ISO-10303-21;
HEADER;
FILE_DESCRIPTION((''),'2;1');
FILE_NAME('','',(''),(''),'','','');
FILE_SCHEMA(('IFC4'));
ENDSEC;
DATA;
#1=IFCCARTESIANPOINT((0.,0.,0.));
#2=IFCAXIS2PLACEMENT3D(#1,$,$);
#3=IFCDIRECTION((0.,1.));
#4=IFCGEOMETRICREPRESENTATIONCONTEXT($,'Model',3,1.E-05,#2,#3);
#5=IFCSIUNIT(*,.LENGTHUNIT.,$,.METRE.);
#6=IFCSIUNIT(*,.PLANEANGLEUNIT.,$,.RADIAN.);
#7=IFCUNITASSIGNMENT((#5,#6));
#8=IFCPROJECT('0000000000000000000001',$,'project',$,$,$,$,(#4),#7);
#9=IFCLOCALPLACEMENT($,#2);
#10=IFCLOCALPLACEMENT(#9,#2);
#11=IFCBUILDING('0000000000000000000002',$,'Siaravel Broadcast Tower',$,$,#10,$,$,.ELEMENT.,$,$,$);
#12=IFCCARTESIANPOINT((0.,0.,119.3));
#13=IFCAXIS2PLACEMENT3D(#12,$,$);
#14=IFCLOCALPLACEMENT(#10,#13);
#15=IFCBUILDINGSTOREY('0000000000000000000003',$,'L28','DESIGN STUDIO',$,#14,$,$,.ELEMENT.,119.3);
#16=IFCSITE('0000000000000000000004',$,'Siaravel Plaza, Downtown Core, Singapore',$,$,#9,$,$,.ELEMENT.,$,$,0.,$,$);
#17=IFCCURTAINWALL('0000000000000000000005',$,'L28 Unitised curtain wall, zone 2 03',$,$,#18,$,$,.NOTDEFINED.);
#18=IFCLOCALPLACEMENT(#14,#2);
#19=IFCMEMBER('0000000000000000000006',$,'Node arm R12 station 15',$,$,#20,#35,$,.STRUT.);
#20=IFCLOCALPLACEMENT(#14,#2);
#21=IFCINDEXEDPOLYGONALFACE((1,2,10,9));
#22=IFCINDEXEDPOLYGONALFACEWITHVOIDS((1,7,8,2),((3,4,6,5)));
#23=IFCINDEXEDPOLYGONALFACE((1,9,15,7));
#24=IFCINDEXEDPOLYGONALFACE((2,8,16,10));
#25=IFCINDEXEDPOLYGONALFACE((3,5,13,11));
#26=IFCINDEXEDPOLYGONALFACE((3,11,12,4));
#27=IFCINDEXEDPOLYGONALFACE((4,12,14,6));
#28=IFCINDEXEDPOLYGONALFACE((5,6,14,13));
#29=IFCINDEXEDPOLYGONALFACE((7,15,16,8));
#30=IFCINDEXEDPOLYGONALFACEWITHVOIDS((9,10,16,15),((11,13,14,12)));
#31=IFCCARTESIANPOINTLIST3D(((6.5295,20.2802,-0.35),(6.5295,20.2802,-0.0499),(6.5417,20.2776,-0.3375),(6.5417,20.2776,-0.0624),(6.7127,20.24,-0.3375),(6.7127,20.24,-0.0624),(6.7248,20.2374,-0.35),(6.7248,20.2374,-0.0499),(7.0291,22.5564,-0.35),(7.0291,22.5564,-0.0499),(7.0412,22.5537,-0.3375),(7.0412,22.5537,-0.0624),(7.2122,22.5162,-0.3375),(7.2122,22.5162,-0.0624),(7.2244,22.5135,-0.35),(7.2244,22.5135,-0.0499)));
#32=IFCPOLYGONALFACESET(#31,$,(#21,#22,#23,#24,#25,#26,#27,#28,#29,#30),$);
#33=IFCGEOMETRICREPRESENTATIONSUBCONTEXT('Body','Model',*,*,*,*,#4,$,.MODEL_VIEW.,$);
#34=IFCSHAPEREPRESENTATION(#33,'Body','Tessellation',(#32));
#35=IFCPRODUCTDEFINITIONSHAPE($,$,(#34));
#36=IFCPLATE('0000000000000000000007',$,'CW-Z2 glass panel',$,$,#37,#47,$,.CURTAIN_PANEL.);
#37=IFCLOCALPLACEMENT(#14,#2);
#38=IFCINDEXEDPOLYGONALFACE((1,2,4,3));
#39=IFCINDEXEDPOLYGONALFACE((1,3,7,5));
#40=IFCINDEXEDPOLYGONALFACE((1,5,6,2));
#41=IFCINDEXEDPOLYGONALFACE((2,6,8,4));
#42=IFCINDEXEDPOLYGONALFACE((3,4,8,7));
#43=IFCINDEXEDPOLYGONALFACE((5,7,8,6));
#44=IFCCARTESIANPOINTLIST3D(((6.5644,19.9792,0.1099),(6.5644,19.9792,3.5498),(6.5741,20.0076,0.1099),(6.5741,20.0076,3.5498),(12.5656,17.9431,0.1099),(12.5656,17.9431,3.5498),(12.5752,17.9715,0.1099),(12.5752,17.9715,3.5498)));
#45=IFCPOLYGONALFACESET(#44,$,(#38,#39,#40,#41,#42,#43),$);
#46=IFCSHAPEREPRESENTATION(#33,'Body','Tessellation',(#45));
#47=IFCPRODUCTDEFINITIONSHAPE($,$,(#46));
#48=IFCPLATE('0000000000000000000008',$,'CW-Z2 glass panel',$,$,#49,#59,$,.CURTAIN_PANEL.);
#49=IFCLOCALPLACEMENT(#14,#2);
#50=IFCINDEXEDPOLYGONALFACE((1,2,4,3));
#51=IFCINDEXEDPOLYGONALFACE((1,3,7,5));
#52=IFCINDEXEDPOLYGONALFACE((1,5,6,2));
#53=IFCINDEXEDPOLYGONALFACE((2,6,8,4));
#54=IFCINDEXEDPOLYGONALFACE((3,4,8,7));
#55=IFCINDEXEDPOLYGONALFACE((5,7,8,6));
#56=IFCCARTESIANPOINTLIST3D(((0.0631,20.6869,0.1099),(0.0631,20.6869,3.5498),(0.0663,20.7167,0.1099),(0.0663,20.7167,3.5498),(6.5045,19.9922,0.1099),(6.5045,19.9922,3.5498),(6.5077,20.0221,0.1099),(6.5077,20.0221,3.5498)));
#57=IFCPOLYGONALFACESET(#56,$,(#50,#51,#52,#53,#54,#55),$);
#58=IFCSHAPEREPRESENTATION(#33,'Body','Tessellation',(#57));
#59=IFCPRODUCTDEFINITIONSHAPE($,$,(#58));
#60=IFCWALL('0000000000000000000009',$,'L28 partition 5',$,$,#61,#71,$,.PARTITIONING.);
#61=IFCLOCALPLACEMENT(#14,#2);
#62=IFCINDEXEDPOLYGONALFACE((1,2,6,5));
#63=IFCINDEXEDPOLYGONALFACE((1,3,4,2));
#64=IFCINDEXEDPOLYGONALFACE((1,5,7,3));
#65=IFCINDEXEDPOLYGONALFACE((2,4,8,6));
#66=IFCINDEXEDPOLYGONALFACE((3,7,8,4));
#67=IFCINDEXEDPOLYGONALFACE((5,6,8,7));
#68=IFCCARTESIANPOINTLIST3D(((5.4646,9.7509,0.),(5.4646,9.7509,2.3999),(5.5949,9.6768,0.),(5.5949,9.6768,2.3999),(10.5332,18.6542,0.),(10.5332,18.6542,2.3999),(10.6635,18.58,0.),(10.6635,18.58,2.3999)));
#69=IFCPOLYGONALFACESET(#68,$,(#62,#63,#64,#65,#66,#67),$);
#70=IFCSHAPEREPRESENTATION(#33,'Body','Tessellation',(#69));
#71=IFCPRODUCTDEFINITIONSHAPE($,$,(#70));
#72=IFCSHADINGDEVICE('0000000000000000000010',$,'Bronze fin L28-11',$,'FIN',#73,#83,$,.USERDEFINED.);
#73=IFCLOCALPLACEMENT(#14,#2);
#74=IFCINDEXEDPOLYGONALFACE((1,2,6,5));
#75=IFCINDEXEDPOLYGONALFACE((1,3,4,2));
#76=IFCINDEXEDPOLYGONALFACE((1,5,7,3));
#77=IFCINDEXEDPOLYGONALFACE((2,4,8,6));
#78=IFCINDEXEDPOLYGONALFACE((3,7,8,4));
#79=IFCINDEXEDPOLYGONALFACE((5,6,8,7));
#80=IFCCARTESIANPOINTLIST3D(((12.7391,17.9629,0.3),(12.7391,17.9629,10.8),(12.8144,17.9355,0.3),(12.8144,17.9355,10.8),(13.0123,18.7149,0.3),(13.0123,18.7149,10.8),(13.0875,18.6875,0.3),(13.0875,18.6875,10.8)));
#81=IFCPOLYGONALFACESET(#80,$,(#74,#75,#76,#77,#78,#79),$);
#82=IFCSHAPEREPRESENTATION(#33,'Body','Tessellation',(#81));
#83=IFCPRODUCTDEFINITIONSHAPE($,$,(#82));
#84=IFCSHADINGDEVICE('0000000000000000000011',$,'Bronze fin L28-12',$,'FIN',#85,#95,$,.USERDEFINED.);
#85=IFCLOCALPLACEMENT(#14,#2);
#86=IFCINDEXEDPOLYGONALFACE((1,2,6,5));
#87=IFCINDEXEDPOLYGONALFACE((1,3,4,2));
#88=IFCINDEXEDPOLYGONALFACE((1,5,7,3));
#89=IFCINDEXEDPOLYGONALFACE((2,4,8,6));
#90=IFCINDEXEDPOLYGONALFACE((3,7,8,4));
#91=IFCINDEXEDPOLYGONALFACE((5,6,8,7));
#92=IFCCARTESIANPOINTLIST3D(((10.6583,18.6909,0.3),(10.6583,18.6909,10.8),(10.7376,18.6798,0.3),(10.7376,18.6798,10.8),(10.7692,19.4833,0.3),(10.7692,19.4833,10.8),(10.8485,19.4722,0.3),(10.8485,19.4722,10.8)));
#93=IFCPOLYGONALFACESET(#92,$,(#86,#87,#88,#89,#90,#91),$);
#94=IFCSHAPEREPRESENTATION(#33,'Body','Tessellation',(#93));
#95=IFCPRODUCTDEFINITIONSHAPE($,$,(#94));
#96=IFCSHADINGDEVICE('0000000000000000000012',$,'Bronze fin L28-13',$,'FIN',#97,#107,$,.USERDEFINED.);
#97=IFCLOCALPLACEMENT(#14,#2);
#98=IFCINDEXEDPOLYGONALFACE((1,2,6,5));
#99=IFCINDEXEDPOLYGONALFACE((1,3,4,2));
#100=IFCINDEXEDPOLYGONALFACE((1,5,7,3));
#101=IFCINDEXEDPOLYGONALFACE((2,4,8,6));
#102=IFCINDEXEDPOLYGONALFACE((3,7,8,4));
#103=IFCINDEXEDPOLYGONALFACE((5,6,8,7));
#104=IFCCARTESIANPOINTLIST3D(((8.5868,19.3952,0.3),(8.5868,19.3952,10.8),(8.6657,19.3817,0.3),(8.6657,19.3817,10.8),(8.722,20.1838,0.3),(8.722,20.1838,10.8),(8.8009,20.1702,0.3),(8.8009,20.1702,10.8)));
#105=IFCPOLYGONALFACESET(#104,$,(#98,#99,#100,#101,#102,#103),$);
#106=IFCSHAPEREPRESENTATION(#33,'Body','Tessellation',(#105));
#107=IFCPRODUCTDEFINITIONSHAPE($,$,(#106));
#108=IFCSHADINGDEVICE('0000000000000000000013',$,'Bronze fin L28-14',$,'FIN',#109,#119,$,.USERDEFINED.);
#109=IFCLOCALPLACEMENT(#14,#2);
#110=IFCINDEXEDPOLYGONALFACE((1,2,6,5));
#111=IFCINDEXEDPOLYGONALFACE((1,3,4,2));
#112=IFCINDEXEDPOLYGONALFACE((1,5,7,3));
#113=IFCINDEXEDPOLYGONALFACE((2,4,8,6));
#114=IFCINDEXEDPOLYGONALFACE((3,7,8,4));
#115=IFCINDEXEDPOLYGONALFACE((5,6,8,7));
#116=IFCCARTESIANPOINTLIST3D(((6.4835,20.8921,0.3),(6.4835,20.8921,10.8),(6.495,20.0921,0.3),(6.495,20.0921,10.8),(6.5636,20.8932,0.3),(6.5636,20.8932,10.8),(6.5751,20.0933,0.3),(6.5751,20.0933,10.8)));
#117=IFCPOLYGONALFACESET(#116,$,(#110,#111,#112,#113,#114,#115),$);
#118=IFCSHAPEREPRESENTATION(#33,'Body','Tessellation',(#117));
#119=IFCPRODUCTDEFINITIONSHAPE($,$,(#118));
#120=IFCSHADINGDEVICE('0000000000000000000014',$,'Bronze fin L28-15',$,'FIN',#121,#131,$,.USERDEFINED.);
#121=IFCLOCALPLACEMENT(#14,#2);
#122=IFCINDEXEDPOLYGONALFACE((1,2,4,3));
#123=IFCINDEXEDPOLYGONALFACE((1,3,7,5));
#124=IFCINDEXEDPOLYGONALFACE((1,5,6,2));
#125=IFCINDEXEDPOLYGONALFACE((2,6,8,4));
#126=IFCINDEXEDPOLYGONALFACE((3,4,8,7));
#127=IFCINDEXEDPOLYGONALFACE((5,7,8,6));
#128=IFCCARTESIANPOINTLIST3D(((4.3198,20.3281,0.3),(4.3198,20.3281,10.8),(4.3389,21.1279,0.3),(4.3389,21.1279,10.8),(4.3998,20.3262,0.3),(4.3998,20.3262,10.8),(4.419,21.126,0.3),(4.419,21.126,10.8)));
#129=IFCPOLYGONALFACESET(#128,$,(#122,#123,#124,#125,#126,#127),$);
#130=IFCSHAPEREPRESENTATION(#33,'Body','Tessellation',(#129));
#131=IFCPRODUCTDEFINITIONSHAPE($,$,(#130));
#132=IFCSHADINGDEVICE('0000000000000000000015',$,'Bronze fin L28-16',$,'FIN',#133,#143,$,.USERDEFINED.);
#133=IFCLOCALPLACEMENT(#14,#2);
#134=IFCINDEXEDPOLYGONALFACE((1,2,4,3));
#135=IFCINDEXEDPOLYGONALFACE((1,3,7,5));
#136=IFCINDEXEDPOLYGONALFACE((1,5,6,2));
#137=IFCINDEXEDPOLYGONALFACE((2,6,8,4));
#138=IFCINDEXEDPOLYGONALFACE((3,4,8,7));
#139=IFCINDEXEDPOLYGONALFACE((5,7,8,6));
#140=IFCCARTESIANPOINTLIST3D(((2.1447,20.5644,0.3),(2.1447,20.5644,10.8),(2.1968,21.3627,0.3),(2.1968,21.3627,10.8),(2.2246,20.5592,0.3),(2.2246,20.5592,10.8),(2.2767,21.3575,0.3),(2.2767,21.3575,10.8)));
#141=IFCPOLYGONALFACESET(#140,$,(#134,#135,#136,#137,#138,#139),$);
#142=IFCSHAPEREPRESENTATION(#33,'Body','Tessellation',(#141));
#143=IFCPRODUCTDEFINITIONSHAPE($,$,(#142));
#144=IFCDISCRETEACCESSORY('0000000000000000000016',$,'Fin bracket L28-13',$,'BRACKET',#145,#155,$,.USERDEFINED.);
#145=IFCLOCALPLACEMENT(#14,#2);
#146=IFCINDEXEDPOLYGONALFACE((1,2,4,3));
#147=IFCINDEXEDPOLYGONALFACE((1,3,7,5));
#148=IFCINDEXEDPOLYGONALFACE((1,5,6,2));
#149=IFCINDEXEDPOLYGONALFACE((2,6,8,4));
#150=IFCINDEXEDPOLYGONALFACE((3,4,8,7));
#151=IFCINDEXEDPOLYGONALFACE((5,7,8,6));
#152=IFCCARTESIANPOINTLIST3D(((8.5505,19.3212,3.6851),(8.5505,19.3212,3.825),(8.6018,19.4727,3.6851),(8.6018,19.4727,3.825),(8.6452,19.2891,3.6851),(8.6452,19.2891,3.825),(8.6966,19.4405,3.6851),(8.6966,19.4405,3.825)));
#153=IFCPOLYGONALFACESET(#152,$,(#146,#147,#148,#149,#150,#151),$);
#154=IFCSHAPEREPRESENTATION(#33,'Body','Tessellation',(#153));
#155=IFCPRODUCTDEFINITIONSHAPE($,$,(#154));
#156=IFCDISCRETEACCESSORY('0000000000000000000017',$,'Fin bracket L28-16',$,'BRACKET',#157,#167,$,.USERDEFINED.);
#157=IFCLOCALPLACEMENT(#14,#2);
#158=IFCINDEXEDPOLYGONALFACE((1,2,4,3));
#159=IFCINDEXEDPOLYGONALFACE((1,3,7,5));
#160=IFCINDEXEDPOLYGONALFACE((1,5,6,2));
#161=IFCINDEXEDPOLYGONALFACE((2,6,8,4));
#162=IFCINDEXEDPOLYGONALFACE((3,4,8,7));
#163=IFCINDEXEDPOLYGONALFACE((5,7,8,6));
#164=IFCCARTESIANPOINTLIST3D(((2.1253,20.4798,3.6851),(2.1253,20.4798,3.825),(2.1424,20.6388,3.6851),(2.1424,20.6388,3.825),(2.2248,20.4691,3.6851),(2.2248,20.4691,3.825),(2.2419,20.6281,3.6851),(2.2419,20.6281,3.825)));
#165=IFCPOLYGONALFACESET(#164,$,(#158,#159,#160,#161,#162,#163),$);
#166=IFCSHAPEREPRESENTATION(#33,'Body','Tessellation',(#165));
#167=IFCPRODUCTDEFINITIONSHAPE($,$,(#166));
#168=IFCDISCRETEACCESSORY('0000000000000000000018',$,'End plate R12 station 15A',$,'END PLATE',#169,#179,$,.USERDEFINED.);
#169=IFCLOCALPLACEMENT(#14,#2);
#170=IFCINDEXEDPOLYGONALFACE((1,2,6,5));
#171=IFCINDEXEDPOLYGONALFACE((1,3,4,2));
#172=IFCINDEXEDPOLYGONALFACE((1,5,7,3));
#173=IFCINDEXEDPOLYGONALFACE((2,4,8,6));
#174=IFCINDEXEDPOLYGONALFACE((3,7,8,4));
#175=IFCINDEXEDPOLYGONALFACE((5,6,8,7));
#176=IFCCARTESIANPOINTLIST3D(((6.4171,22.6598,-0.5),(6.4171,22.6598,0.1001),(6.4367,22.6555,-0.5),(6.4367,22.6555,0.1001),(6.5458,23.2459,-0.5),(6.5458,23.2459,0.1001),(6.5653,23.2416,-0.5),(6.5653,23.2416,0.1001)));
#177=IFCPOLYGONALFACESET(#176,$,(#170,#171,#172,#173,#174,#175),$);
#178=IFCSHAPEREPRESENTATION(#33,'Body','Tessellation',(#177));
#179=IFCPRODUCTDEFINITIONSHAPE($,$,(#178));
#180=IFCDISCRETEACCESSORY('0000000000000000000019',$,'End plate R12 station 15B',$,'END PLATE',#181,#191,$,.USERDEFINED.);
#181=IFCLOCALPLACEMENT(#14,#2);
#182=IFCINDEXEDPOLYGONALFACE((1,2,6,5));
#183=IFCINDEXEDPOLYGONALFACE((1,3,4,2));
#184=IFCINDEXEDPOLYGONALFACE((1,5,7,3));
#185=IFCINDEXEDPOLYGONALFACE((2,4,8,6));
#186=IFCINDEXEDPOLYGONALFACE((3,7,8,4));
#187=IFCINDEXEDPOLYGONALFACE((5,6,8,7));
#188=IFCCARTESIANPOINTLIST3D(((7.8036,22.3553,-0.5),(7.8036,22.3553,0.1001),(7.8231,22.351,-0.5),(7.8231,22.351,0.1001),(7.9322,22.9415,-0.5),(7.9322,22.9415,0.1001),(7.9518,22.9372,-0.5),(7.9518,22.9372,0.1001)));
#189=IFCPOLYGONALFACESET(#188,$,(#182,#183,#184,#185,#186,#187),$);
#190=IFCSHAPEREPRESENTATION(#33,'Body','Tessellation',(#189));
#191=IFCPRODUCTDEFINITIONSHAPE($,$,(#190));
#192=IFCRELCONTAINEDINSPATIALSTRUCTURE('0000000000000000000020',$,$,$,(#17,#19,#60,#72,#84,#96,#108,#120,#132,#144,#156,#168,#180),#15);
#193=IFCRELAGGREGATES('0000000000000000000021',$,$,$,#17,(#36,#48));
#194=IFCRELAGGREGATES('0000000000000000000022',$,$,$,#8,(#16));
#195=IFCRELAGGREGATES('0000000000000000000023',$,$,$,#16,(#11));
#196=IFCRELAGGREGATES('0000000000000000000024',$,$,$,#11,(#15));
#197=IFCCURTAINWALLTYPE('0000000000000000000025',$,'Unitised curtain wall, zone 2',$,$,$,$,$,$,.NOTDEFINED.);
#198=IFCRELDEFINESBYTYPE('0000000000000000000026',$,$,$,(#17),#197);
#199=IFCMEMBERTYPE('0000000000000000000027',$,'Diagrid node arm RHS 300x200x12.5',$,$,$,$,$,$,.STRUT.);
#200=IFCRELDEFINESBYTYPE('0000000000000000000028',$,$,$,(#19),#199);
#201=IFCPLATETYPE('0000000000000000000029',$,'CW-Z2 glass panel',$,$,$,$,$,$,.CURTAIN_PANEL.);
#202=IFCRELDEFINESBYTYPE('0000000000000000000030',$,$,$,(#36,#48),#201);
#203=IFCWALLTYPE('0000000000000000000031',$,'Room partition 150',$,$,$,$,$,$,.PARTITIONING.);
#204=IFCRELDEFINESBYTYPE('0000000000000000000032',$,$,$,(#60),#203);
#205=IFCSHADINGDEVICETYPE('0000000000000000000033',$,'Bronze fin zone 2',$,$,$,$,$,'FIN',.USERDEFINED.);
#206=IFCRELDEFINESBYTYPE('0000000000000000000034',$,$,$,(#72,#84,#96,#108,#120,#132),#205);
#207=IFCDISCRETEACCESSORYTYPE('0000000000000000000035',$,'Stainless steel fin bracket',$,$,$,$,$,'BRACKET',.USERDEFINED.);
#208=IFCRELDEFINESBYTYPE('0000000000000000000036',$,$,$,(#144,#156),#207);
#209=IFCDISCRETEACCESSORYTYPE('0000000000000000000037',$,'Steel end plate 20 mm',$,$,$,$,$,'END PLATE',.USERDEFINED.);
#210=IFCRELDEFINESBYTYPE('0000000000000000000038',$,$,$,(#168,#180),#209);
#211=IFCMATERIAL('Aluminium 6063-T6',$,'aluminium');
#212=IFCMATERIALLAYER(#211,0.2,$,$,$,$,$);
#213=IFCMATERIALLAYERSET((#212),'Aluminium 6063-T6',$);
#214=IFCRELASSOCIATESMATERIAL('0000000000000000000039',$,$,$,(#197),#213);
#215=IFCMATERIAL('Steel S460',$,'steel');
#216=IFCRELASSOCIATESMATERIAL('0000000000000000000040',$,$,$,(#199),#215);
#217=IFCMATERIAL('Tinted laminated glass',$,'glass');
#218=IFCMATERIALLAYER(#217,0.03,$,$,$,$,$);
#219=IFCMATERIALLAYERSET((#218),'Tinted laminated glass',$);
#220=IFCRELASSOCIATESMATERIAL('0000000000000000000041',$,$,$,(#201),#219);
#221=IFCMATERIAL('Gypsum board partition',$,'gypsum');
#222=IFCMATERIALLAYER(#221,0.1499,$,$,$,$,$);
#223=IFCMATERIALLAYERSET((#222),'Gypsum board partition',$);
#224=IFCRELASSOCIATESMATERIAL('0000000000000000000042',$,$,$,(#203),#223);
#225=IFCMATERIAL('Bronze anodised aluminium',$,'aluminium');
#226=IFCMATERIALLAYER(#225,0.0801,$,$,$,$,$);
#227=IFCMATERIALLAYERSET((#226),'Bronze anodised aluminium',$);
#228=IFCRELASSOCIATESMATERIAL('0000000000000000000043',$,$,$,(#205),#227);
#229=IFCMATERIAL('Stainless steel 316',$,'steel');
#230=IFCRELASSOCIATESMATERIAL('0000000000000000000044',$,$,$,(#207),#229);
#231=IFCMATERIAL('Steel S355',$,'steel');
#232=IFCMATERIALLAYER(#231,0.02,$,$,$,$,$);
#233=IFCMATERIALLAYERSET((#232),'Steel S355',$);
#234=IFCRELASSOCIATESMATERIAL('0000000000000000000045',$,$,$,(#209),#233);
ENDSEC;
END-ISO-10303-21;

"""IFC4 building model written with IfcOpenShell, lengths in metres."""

from ifc_helpers import new_model, si_unit, direction, frame, frame_2d, origin, origin_2d, place, context, subcontext, project, spatial, rectangle, hollow_rectangle, extrude, material, layer, layer_set, material_profile, profile_set, type_object, element, aggregate, save


model = new_model("IFC4")

# Units and contexts
model_context = context("Model", 3, precision=1e-05, world=origin(), true_north=direction((0.0, 1.0)))
body_context = subcontext(model_context, "Body", "Model", "MODEL_VIEW")
ifc_project = project(units=[si_unit("LENGTHUNIT", "METRE"), si_unit("PLANEANGLEUNIT", "RADIAN")], contexts=[model_context])

# Site, building, storey
site_placement = place(None, origin())
site = spatial("IfcSite", under=ifc_project, at=site_placement, Name="Siaravel Plaza, Downtown Core, Singapore", CompositionType="ELEMENT", RefElevation=0.0)
building_placement = place(site_placement, origin())
building = spatial("IfcBuilding", under=site, at=building_placement, Name="Siaravel Broadcast Tower", CompositionType="ELEMENT")
storey_placement = place(building_placement, frame((0.0, 0.0, 119.3)))
storey = spatial("IfcBuildingStorey", under=building, at=storey_placement, Name="L28", Description="DESIGN STUDIO", CompositionType="ELEMENT", Elevation=119.3)

# Shared definitions
ifc_material_1 = material(Name="Steel S355", Category="steel")

# Curtain wall
ifc_material_2 = material(Name="Aluminium 6063-T6", Category="aluminium")
ifc_layer_1 = layer(ifc_material_2, 0.2)
ifc_layer_set_1 = layer_set([ifc_layer_1], Name="Aluminium 6063-T6")
curtain_wall_type = type_object("IfcCurtainWallType", Name="Unitised curtain wall, zone 2", PredefinedType="NOTDEFINED", material=ifc_layer_set_1)
curtain_wall_placement = place(storey_placement, origin())
curtain_wall = element("IfcCurtainWall", 1, at=curtain_wall_placement, inside=storey, type_object=curtain_wall_type, Name="L28 Unitised curtain wall, zone 2 03", PredefinedType="NOTDEFINED")

# Member
ifc_material_3 = material(Name="Steel S460", Category="steel")
ifc_material_profile_1 = material_profile(ifc_material_3, hollow_rectangle(XDim=0.2, YDim=0.3, WallThickness=0.0125, at=origin_2d()))
ifc_profile_set_1 = profile_set([ifc_material_profile_1], Name="Steel S460")
member_type_1 = type_object("IfcMemberType", Name="Diagrid node arm RHS 300x200x12.5", PredefinedType="STRUT", material=ifc_profile_set_1)
member_1_placement = place(storey_placement, frame((6.6272, 20.2588, -0.2), z_axis=(0.214356, 0.976756, 0.0), x_axis=(-0.976756, 0.214356, 0.0)))
element("IfcMember", 2, at=member_1_placement, inside=storey, type_object=member_type_1, Name="Node arm R12 station 15", PredefinedType="STRUT", context=body_context, shape_type="SweptSolid", body=[
    extrude(hollow_rectangle(XDim=0.2, YDim=0.3, WallThickness=0.0125, at=origin_2d()), origin(), (0.0, 0.0, 1.0), 2.3303),
])

# Plates
ifc_material_4 = material(Name="Tinted laminated glass", Category="glass")
ifc_layer_2 = layer(ifc_material_4, 0.03)
ifc_layer_set_2 = layer_set([ifc_layer_2], Name="Tinted laminated glass")
plate_type = type_object("IfcPlateType", Name="CW-Z2 glass panel", PredefinedType="CURTAIN_PANEL", material=ifc_layer_set_2)
plate_1_placement = place(storey_placement, frame((9.5698, 18.9753, 0.1099), z_axis=(0.0, 0.0, 1.0), x_axis=(-0.946977, 0.321301, 0.0)))
plate_1 = element("IfcPlate", 3, at=plate_1_placement, type_object=plate_type, Name="CW-Z2 glass panel", PredefinedType="CURTAIN_PANEL", context=body_context, shape_type="SweptSolid", body=[
    extrude(rectangle(XDim=6.3372, YDim=0.03, at=origin_2d()), origin(), (0.0, 0.0, 1.0), 3.4399),
])
plate_2_placement = place(storey_placement, frame((3.2854, 20.3545, 0.1099), z_axis=(0.0, 0.0, 1.0), x_axis=(-0.994236, 0.107217, 0.0)))
plate_2 = element("IfcPlate", 4, at=plate_2_placement, type_object=plate_type, Name="CW-Z2 glass panel", PredefinedType="CURTAIN_PANEL", context=body_context, shape_type="SweptSolid", body=[
    extrude(rectangle(XDim=6.4788, YDim=0.03, at=origin_2d()), origin(), (0.0, 0.0, 1.0), 3.4399),
])
aggregate(curtain_wall, [plate_1, plate_2])

# Wall
ifc_material_5 = material(Name="Gypsum board partition", Category="gypsum")
ifc_layer_3 = layer(ifc_material_5, 0.1499)
ifc_layer_set_3 = layer_set([ifc_layer_3], Name="Gypsum board partition")
wall_type = type_object("IfcWallType", Name="Room partition 150", PredefinedType="PARTITIONING", material=ifc_layer_set_3)
wall_placement = place(storey_placement, frame((10.5984, 18.6172, 0.0), z_axis=(0.0, 0.0, 1.0), x_axis=(-0.49474, -0.869041, 0.0)))
element("IfcWall", 5, at=wall_placement, inside=storey, type_object=wall_type, Name="L28 partition 5", PredefinedType="PARTITIONING", context=body_context, shape_type="SweptSolid", body=[
    extrude(rectangle(XDim=10.2449, YDim=0.1499, at=frame_2d((5.1226, 0.0))), origin(), (0.0, 0.0, 1.0), 2.3999),
])

# Shading devices
ifc_material_6 = material(Name="Bronze anodised aluminium", Category="aluminium")
ifc_layer_4 = layer(ifc_material_6, 0.0801)
ifc_layer_set_4 = layer_set([ifc_layer_4], Name="Bronze anodised aluminium")
shading_device_type = type_object("IfcShadingDeviceType", Name="Bronze fin zone 2", ElementType="FIN", PredefinedType="USERDEFINED", material=ifc_layer_set_4)
for number, where, z_axis, x_axis, name in (
    (6, (12.9133, 18.3252, 0.3), (0.0, 0.0, 1.0), (0.341431, 0.939907, 0.0), "Bronze fin L28-11"),
    (7, (10.7534, 19.0815, 0.3), (0.0, 0.0, 1.0), (0.138573, 0.990352, 0.0), "Bronze fin L28-12"),
    (8, (8.6938, 19.7827, 0.3), (0.0, 0.0, 1.0), (0.168949, 0.985625, 0.0), "Bronze fin L28-13"),
    (9, (6.5293, 20.4927, 0.3), (0.0, 0.0, 1.0), (-0.014447, 0.999896, 0.0), "Bronze fin L28-14"),
    (10, (4.3694, 20.7271, 0.3), (0.0, 0.0, 1.0), (0.02397, 0.999713, 0.0), "Bronze fin L28-15"),
    (11, (2.2107, 20.9609, 0.3), (0.0, 0.0, 1.0), (0.06517, 0.997874, 0.0), "Bronze fin L28-16"),
):
    element("IfcShadingDevice", number, at=place(storey_placement, frame(where, z_axis=z_axis, x_axis=x_axis)), inside=storey, type_object=shading_device_type, Name=name, ObjectType="FIN", PredefinedType="USERDEFINED", context=body_context, shape_type="SweptSolid", body=[
        extrude(rectangle(XDim=0.8, YDim=0.0801, at=origin_2d()), origin(), (0.0, 0.0, 1.0), 10.5),
    ])

# Discrete accessories
ifc_material_7 = material(Name="Stainless steel 316", Category="steel")
discrete_accessory_type_1 = type_object("IfcDiscreteAccessoryType", Name="Stainless steel fin bracket", ElementType="BRACKET", PredefinedType="USERDEFINED", material=ifc_material_7)
for number, where, z_axis, x_axis, name in (
    (12, (8.6235, 19.3809, 3.6851), (0.0, 0.0, 1.0), (0.321301, 0.946977, 0.0), "Fin bracket L28-13"),
    (13, (2.1836, 20.554, 3.6851), (0.0, 0.0, 1.0), (0.107217, 0.994236, 0.0), "Fin bracket L28-16"),
):
    element("IfcDiscreteAccessory", number, at=place(storey_placement, frame(where, z_axis=z_axis, x_axis=x_axis)), inside=storey, type_object=discrete_accessory_type_1, Name=name, ObjectType="BRACKET", PredefinedType="USERDEFINED", context=body_context, shape_type="SweptSolid", body=[
        extrude(rectangle(XDim=0.1599, YDim=0.1001, at=origin_2d()), origin(), (0.0, 0.0, 1.0), 0.1399),
    ])
ifc_layer_5 = layer(ifc_material_1, 0.02)
ifc_layer_set_5 = layer_set([ifc_layer_5], Name="Steel S355")
discrete_accessory_type_2 = type_object("IfcDiscreteAccessoryType", Name="Steel end plate 20 mm", ElementType="END PLATE", PredefinedType="USERDEFINED", material=ifc_layer_set_5)
for number, where, z_axis, x_axis, name in (
    (14, (6.4912, 22.9507, -0.5), (0.0, 0.0, 1.0), (-0.976751, 0.214377, 0.0), "End plate R12 station 15A"),
    (15, (7.8777, 22.6462, -0.5), (0.0, 0.0, 1.0), (-0.976751, 0.214377, 0.0), "End plate R12 station 15B"),
):
    element("IfcDiscreteAccessory", number, at=place(storey_placement, frame(where, z_axis=z_axis, x_axis=x_axis)), inside=storey, type_object=discrete_accessory_type_2, Name=name, ObjectType="END PLATE", PredefinedType="USERDEFINED", context=body_context, shape_type="SweptSolid", body=[
        extrude(rectangle(XDim=0.02, YDim=0.6001, at=origin_2d()), origin(), (0.0, 0.0, 1.0), 0.6001),
    ])

save(model, "model.ifc")
